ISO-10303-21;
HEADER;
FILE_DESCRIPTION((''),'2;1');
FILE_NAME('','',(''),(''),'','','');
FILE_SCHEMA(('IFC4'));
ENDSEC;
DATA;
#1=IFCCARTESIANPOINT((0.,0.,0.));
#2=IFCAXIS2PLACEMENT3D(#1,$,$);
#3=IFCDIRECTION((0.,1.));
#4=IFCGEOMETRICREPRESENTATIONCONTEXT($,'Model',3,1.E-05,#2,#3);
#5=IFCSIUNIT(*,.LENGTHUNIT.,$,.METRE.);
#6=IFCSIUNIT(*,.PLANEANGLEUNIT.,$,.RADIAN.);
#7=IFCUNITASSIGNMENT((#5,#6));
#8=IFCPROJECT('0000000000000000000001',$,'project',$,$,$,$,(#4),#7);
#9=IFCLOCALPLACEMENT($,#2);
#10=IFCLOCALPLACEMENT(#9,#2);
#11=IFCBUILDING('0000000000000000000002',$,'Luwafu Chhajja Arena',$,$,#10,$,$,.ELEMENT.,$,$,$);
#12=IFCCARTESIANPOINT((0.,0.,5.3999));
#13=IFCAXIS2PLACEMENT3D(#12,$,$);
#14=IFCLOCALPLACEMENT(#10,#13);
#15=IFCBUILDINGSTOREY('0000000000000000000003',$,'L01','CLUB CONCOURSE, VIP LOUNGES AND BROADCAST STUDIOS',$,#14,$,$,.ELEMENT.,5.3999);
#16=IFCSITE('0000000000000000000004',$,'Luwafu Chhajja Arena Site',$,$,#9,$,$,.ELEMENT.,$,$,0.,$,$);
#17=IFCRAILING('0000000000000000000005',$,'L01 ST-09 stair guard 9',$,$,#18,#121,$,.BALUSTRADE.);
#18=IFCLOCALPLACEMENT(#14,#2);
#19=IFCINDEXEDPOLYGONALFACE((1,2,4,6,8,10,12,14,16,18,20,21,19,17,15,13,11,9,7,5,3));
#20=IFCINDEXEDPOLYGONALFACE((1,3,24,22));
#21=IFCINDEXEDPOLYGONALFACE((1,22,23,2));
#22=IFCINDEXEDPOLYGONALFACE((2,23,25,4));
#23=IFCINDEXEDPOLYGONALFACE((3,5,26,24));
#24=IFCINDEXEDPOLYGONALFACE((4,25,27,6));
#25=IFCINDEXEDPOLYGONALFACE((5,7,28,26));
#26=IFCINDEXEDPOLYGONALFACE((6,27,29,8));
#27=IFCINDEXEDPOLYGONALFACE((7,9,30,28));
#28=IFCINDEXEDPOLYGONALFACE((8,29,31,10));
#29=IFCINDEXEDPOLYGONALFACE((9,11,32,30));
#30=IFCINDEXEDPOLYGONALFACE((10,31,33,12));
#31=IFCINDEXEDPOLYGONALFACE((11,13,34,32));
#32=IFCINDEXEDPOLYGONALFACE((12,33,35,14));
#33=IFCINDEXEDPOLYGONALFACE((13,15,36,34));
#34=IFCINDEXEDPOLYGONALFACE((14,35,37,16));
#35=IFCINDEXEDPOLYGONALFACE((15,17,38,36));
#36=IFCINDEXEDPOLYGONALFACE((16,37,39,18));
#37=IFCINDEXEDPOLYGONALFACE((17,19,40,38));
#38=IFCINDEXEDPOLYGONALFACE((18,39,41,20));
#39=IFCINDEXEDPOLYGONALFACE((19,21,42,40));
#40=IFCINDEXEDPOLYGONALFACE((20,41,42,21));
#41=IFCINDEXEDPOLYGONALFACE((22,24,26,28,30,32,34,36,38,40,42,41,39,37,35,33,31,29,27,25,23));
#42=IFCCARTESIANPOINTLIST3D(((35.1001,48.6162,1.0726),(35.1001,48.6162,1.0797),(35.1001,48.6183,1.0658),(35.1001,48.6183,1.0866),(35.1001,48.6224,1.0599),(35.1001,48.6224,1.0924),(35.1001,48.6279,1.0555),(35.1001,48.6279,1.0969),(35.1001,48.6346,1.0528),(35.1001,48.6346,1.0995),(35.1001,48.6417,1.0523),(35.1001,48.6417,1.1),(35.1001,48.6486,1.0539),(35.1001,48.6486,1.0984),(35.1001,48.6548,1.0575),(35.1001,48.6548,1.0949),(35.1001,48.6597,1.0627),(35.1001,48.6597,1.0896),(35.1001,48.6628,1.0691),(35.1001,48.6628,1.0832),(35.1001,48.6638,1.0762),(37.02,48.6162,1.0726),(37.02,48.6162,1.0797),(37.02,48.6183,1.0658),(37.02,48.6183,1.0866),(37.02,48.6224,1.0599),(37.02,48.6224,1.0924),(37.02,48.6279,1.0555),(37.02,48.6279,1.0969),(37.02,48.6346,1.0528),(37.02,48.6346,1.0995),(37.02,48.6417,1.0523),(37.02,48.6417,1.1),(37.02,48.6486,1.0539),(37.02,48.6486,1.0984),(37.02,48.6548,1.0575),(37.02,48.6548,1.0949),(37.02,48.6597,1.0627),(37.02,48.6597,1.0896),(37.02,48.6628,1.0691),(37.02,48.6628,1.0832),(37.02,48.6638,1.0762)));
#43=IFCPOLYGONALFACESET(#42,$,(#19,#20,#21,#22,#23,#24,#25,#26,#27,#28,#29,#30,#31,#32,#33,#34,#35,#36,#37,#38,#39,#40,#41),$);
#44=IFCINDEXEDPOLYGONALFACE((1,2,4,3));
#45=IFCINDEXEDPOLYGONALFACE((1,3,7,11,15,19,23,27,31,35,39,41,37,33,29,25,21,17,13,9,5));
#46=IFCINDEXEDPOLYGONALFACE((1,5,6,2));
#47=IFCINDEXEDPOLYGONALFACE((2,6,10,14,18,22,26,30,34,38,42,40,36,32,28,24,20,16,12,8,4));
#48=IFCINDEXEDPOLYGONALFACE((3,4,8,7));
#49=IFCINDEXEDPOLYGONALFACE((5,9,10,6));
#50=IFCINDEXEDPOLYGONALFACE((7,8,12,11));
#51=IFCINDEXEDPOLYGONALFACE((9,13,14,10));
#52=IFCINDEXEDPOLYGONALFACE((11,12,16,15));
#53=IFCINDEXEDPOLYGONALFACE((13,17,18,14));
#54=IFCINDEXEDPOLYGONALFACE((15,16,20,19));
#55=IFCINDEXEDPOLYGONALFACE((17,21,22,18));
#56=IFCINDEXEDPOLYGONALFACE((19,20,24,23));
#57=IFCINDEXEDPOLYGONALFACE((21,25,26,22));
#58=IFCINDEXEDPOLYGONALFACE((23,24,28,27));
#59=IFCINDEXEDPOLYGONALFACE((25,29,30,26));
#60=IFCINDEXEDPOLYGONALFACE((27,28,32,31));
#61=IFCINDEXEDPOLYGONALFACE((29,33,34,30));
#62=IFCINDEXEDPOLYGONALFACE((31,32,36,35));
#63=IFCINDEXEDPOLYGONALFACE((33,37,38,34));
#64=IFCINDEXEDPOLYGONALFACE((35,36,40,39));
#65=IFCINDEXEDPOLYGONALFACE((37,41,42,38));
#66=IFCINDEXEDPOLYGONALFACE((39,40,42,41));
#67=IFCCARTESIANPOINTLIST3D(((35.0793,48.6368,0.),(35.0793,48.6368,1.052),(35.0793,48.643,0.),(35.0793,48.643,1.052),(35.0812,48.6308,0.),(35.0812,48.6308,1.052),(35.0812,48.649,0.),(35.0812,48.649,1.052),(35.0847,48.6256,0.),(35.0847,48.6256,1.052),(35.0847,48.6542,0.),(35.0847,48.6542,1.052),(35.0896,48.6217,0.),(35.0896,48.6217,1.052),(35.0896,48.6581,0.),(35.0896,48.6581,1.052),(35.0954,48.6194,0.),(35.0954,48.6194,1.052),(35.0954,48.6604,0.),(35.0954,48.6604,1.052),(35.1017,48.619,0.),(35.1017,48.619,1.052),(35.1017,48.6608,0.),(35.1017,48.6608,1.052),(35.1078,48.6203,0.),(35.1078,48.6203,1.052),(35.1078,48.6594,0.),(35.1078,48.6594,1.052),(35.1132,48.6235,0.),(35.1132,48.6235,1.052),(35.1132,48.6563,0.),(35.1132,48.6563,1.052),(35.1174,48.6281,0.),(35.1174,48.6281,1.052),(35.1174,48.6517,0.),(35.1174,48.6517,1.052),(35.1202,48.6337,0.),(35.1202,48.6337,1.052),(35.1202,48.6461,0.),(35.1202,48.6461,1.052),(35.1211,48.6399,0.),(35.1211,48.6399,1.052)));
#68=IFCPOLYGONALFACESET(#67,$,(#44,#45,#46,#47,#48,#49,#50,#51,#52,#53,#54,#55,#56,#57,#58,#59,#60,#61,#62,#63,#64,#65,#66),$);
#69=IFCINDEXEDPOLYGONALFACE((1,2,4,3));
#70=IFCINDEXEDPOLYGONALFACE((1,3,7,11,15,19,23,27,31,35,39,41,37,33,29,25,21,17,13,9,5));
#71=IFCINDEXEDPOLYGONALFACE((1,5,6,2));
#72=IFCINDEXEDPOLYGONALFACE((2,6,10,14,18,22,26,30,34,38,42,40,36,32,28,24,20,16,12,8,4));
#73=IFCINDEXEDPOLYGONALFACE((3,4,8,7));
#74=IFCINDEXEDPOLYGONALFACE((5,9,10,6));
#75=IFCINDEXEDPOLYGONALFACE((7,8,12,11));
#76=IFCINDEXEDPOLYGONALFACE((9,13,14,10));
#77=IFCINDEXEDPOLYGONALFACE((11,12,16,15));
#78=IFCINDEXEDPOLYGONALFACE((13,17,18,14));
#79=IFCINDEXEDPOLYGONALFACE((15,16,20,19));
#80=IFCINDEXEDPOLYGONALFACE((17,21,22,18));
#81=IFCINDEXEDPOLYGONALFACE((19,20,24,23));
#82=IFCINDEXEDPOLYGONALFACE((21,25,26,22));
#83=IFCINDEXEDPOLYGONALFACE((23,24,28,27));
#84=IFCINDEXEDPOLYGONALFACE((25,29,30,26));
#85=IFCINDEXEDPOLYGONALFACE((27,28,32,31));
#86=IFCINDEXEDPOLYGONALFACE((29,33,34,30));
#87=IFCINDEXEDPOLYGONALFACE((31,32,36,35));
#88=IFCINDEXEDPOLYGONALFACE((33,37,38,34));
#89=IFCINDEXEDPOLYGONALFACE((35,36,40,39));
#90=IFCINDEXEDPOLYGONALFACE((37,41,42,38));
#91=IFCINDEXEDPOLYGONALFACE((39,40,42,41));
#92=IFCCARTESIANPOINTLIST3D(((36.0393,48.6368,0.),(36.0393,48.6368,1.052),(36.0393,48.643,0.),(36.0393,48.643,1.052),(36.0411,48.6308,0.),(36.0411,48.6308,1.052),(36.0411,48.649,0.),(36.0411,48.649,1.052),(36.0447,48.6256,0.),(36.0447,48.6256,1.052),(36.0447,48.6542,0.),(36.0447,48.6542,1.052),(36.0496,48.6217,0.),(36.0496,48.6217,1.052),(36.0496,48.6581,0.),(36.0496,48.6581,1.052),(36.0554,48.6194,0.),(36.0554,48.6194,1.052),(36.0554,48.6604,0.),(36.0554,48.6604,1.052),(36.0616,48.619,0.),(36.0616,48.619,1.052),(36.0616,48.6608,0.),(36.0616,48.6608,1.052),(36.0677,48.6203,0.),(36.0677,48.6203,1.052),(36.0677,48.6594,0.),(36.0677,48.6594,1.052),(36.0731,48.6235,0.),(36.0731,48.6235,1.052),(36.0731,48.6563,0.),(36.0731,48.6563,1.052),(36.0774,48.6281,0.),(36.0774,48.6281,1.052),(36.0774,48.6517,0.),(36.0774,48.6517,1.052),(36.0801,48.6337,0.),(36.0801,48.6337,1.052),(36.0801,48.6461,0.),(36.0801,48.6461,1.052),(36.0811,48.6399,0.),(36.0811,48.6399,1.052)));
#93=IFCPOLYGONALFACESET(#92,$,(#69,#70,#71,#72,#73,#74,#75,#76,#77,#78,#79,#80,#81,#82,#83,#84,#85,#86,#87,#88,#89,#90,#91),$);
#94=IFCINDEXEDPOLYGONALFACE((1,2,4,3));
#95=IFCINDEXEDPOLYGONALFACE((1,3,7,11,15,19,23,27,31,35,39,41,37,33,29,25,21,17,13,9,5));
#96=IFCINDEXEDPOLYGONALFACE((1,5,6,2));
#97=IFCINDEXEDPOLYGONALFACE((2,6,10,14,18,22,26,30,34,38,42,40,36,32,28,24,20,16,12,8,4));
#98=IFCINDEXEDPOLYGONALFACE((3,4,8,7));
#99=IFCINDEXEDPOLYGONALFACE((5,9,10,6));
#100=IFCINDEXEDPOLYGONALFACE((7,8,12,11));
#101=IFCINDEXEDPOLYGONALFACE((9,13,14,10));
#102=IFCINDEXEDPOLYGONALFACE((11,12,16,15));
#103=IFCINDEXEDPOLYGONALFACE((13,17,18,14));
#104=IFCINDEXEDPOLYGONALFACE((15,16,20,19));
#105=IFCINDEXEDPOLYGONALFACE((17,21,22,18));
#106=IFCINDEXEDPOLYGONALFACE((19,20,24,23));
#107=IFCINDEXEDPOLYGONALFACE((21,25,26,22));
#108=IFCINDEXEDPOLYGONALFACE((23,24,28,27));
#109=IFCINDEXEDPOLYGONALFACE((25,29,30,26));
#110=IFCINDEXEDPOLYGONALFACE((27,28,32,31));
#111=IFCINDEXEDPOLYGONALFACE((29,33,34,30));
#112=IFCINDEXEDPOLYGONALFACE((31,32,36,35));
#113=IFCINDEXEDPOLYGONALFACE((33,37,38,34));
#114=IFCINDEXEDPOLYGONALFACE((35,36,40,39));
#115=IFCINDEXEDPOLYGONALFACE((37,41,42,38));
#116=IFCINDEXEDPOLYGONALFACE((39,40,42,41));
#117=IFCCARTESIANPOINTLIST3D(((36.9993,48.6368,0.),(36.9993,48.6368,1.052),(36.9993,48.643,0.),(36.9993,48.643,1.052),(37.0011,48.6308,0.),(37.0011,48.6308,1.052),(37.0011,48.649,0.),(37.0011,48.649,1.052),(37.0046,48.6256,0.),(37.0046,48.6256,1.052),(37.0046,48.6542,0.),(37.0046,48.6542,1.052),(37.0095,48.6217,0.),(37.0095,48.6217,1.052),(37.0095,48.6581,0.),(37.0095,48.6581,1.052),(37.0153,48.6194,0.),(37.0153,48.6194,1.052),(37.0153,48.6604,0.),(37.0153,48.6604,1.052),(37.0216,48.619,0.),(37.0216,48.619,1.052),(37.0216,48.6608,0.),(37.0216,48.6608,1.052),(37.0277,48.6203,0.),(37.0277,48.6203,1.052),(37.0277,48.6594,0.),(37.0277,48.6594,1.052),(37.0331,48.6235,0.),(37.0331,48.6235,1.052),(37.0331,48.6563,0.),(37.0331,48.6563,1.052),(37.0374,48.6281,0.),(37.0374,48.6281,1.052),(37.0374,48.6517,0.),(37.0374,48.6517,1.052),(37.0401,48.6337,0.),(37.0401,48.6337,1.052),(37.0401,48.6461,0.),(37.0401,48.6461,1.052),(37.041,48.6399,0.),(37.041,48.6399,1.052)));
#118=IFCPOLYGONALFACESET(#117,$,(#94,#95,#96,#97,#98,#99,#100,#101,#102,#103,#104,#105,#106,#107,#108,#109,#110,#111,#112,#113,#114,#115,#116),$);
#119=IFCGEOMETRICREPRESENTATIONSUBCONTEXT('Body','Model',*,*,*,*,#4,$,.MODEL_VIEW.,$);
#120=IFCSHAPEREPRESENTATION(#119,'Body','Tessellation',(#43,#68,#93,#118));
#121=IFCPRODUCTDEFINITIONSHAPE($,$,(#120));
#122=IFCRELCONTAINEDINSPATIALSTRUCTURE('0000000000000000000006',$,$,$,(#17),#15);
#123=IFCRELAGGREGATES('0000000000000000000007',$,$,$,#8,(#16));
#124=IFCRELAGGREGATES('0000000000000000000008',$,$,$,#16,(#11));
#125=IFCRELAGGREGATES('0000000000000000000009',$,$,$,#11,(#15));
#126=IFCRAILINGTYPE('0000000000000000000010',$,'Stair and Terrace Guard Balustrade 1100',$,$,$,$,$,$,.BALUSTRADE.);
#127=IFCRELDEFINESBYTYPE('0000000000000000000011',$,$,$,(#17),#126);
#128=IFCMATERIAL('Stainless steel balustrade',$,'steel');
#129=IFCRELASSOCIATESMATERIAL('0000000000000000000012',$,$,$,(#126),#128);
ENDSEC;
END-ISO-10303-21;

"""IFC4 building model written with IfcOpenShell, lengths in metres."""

from ifc_helpers import new_model, si_unit, direction, frame, origin, origin_2d, place, context, subcontext, project, spatial, circle, extrude, material, type_object, element, save


model = new_model("IFC4")

# Units and contexts
model_context = context("Model", 3, precision=1e-05, world=origin(), true_north=direction((0.0, 1.0)))
body_context = subcontext(model_context, "Body", "Model", "MODEL_VIEW")
ifc_project = project(units=[si_unit("LENGTHUNIT", "METRE"), si_unit("PLANEANGLEUNIT", "RADIAN")], contexts=[model_context])

# Site, building, storey
site_placement = place(None, origin())
site = spatial("IfcSite", under=ifc_project, at=site_placement, Name="Luwafu Chhajja Arena Site", CompositionType="ELEMENT", RefElevation=0.0)
building_placement = place(site_placement, origin())
building = spatial("IfcBuilding", under=site, at=building_placement, Name="Luwafu Chhajja Arena", CompositionType="ELEMENT")
storey_placement = place(building_placement, frame((0.0, 0.0, 5.3999)))
storey = spatial("IfcBuildingStorey", under=building, at=storey_placement, Name="L01", Description="CLUB CONCOURSE, VIP LOUNGES AND BROADCAST STUDIOS", CompositionType="ELEMENT", Elevation=5.3999)

# Railing
ifc_material_1 = material(Name="Stainless steel balustrade", Category="steel")
railing_type_1 = type_object("IfcRailingType", Name="Stair and Terrace Guard Balustrade 1100", PredefinedType="BALUSTRADE", material=ifc_material_1)
railing_1_placement = place(storey_placement, frame((35.1001, 48.6399, 0.0)))
element("IfcRailing", 1, at=railing_1_placement, inside=storey, type_object=railing_type_1, Name="L01 ST-09 stair guard 9", PredefinedType="BALUSTRADE", context=body_context, shape_type="SweptSolid", body=[
    extrude(circle(Radius=0.0239, at=origin_2d()), frame((0.0, 0.0, 1.0762), z_axis=(1.0, 0.0, 0.0), x_axis=(0.0, 1.0, 0.0)), (0.0, 0.0, 1.0), 1.9199),
    extrude(circle(Radius=0.021, at=origin_2d()), origin(), (0.0, 0.0, 1.0), 1.052),
    extrude(circle(Radius=0.021, at=origin_2d()), frame((0.96, 0.0, 0.0)), (0.0, 0.0, 1.0), 1.052),
    extrude(circle(Radius=0.021, at=origin_2d()), frame((1.9199, 0.0, 0.0)), (0.0, 0.0, 1.0), 1.052),
])

save(model, "model.ifc")
